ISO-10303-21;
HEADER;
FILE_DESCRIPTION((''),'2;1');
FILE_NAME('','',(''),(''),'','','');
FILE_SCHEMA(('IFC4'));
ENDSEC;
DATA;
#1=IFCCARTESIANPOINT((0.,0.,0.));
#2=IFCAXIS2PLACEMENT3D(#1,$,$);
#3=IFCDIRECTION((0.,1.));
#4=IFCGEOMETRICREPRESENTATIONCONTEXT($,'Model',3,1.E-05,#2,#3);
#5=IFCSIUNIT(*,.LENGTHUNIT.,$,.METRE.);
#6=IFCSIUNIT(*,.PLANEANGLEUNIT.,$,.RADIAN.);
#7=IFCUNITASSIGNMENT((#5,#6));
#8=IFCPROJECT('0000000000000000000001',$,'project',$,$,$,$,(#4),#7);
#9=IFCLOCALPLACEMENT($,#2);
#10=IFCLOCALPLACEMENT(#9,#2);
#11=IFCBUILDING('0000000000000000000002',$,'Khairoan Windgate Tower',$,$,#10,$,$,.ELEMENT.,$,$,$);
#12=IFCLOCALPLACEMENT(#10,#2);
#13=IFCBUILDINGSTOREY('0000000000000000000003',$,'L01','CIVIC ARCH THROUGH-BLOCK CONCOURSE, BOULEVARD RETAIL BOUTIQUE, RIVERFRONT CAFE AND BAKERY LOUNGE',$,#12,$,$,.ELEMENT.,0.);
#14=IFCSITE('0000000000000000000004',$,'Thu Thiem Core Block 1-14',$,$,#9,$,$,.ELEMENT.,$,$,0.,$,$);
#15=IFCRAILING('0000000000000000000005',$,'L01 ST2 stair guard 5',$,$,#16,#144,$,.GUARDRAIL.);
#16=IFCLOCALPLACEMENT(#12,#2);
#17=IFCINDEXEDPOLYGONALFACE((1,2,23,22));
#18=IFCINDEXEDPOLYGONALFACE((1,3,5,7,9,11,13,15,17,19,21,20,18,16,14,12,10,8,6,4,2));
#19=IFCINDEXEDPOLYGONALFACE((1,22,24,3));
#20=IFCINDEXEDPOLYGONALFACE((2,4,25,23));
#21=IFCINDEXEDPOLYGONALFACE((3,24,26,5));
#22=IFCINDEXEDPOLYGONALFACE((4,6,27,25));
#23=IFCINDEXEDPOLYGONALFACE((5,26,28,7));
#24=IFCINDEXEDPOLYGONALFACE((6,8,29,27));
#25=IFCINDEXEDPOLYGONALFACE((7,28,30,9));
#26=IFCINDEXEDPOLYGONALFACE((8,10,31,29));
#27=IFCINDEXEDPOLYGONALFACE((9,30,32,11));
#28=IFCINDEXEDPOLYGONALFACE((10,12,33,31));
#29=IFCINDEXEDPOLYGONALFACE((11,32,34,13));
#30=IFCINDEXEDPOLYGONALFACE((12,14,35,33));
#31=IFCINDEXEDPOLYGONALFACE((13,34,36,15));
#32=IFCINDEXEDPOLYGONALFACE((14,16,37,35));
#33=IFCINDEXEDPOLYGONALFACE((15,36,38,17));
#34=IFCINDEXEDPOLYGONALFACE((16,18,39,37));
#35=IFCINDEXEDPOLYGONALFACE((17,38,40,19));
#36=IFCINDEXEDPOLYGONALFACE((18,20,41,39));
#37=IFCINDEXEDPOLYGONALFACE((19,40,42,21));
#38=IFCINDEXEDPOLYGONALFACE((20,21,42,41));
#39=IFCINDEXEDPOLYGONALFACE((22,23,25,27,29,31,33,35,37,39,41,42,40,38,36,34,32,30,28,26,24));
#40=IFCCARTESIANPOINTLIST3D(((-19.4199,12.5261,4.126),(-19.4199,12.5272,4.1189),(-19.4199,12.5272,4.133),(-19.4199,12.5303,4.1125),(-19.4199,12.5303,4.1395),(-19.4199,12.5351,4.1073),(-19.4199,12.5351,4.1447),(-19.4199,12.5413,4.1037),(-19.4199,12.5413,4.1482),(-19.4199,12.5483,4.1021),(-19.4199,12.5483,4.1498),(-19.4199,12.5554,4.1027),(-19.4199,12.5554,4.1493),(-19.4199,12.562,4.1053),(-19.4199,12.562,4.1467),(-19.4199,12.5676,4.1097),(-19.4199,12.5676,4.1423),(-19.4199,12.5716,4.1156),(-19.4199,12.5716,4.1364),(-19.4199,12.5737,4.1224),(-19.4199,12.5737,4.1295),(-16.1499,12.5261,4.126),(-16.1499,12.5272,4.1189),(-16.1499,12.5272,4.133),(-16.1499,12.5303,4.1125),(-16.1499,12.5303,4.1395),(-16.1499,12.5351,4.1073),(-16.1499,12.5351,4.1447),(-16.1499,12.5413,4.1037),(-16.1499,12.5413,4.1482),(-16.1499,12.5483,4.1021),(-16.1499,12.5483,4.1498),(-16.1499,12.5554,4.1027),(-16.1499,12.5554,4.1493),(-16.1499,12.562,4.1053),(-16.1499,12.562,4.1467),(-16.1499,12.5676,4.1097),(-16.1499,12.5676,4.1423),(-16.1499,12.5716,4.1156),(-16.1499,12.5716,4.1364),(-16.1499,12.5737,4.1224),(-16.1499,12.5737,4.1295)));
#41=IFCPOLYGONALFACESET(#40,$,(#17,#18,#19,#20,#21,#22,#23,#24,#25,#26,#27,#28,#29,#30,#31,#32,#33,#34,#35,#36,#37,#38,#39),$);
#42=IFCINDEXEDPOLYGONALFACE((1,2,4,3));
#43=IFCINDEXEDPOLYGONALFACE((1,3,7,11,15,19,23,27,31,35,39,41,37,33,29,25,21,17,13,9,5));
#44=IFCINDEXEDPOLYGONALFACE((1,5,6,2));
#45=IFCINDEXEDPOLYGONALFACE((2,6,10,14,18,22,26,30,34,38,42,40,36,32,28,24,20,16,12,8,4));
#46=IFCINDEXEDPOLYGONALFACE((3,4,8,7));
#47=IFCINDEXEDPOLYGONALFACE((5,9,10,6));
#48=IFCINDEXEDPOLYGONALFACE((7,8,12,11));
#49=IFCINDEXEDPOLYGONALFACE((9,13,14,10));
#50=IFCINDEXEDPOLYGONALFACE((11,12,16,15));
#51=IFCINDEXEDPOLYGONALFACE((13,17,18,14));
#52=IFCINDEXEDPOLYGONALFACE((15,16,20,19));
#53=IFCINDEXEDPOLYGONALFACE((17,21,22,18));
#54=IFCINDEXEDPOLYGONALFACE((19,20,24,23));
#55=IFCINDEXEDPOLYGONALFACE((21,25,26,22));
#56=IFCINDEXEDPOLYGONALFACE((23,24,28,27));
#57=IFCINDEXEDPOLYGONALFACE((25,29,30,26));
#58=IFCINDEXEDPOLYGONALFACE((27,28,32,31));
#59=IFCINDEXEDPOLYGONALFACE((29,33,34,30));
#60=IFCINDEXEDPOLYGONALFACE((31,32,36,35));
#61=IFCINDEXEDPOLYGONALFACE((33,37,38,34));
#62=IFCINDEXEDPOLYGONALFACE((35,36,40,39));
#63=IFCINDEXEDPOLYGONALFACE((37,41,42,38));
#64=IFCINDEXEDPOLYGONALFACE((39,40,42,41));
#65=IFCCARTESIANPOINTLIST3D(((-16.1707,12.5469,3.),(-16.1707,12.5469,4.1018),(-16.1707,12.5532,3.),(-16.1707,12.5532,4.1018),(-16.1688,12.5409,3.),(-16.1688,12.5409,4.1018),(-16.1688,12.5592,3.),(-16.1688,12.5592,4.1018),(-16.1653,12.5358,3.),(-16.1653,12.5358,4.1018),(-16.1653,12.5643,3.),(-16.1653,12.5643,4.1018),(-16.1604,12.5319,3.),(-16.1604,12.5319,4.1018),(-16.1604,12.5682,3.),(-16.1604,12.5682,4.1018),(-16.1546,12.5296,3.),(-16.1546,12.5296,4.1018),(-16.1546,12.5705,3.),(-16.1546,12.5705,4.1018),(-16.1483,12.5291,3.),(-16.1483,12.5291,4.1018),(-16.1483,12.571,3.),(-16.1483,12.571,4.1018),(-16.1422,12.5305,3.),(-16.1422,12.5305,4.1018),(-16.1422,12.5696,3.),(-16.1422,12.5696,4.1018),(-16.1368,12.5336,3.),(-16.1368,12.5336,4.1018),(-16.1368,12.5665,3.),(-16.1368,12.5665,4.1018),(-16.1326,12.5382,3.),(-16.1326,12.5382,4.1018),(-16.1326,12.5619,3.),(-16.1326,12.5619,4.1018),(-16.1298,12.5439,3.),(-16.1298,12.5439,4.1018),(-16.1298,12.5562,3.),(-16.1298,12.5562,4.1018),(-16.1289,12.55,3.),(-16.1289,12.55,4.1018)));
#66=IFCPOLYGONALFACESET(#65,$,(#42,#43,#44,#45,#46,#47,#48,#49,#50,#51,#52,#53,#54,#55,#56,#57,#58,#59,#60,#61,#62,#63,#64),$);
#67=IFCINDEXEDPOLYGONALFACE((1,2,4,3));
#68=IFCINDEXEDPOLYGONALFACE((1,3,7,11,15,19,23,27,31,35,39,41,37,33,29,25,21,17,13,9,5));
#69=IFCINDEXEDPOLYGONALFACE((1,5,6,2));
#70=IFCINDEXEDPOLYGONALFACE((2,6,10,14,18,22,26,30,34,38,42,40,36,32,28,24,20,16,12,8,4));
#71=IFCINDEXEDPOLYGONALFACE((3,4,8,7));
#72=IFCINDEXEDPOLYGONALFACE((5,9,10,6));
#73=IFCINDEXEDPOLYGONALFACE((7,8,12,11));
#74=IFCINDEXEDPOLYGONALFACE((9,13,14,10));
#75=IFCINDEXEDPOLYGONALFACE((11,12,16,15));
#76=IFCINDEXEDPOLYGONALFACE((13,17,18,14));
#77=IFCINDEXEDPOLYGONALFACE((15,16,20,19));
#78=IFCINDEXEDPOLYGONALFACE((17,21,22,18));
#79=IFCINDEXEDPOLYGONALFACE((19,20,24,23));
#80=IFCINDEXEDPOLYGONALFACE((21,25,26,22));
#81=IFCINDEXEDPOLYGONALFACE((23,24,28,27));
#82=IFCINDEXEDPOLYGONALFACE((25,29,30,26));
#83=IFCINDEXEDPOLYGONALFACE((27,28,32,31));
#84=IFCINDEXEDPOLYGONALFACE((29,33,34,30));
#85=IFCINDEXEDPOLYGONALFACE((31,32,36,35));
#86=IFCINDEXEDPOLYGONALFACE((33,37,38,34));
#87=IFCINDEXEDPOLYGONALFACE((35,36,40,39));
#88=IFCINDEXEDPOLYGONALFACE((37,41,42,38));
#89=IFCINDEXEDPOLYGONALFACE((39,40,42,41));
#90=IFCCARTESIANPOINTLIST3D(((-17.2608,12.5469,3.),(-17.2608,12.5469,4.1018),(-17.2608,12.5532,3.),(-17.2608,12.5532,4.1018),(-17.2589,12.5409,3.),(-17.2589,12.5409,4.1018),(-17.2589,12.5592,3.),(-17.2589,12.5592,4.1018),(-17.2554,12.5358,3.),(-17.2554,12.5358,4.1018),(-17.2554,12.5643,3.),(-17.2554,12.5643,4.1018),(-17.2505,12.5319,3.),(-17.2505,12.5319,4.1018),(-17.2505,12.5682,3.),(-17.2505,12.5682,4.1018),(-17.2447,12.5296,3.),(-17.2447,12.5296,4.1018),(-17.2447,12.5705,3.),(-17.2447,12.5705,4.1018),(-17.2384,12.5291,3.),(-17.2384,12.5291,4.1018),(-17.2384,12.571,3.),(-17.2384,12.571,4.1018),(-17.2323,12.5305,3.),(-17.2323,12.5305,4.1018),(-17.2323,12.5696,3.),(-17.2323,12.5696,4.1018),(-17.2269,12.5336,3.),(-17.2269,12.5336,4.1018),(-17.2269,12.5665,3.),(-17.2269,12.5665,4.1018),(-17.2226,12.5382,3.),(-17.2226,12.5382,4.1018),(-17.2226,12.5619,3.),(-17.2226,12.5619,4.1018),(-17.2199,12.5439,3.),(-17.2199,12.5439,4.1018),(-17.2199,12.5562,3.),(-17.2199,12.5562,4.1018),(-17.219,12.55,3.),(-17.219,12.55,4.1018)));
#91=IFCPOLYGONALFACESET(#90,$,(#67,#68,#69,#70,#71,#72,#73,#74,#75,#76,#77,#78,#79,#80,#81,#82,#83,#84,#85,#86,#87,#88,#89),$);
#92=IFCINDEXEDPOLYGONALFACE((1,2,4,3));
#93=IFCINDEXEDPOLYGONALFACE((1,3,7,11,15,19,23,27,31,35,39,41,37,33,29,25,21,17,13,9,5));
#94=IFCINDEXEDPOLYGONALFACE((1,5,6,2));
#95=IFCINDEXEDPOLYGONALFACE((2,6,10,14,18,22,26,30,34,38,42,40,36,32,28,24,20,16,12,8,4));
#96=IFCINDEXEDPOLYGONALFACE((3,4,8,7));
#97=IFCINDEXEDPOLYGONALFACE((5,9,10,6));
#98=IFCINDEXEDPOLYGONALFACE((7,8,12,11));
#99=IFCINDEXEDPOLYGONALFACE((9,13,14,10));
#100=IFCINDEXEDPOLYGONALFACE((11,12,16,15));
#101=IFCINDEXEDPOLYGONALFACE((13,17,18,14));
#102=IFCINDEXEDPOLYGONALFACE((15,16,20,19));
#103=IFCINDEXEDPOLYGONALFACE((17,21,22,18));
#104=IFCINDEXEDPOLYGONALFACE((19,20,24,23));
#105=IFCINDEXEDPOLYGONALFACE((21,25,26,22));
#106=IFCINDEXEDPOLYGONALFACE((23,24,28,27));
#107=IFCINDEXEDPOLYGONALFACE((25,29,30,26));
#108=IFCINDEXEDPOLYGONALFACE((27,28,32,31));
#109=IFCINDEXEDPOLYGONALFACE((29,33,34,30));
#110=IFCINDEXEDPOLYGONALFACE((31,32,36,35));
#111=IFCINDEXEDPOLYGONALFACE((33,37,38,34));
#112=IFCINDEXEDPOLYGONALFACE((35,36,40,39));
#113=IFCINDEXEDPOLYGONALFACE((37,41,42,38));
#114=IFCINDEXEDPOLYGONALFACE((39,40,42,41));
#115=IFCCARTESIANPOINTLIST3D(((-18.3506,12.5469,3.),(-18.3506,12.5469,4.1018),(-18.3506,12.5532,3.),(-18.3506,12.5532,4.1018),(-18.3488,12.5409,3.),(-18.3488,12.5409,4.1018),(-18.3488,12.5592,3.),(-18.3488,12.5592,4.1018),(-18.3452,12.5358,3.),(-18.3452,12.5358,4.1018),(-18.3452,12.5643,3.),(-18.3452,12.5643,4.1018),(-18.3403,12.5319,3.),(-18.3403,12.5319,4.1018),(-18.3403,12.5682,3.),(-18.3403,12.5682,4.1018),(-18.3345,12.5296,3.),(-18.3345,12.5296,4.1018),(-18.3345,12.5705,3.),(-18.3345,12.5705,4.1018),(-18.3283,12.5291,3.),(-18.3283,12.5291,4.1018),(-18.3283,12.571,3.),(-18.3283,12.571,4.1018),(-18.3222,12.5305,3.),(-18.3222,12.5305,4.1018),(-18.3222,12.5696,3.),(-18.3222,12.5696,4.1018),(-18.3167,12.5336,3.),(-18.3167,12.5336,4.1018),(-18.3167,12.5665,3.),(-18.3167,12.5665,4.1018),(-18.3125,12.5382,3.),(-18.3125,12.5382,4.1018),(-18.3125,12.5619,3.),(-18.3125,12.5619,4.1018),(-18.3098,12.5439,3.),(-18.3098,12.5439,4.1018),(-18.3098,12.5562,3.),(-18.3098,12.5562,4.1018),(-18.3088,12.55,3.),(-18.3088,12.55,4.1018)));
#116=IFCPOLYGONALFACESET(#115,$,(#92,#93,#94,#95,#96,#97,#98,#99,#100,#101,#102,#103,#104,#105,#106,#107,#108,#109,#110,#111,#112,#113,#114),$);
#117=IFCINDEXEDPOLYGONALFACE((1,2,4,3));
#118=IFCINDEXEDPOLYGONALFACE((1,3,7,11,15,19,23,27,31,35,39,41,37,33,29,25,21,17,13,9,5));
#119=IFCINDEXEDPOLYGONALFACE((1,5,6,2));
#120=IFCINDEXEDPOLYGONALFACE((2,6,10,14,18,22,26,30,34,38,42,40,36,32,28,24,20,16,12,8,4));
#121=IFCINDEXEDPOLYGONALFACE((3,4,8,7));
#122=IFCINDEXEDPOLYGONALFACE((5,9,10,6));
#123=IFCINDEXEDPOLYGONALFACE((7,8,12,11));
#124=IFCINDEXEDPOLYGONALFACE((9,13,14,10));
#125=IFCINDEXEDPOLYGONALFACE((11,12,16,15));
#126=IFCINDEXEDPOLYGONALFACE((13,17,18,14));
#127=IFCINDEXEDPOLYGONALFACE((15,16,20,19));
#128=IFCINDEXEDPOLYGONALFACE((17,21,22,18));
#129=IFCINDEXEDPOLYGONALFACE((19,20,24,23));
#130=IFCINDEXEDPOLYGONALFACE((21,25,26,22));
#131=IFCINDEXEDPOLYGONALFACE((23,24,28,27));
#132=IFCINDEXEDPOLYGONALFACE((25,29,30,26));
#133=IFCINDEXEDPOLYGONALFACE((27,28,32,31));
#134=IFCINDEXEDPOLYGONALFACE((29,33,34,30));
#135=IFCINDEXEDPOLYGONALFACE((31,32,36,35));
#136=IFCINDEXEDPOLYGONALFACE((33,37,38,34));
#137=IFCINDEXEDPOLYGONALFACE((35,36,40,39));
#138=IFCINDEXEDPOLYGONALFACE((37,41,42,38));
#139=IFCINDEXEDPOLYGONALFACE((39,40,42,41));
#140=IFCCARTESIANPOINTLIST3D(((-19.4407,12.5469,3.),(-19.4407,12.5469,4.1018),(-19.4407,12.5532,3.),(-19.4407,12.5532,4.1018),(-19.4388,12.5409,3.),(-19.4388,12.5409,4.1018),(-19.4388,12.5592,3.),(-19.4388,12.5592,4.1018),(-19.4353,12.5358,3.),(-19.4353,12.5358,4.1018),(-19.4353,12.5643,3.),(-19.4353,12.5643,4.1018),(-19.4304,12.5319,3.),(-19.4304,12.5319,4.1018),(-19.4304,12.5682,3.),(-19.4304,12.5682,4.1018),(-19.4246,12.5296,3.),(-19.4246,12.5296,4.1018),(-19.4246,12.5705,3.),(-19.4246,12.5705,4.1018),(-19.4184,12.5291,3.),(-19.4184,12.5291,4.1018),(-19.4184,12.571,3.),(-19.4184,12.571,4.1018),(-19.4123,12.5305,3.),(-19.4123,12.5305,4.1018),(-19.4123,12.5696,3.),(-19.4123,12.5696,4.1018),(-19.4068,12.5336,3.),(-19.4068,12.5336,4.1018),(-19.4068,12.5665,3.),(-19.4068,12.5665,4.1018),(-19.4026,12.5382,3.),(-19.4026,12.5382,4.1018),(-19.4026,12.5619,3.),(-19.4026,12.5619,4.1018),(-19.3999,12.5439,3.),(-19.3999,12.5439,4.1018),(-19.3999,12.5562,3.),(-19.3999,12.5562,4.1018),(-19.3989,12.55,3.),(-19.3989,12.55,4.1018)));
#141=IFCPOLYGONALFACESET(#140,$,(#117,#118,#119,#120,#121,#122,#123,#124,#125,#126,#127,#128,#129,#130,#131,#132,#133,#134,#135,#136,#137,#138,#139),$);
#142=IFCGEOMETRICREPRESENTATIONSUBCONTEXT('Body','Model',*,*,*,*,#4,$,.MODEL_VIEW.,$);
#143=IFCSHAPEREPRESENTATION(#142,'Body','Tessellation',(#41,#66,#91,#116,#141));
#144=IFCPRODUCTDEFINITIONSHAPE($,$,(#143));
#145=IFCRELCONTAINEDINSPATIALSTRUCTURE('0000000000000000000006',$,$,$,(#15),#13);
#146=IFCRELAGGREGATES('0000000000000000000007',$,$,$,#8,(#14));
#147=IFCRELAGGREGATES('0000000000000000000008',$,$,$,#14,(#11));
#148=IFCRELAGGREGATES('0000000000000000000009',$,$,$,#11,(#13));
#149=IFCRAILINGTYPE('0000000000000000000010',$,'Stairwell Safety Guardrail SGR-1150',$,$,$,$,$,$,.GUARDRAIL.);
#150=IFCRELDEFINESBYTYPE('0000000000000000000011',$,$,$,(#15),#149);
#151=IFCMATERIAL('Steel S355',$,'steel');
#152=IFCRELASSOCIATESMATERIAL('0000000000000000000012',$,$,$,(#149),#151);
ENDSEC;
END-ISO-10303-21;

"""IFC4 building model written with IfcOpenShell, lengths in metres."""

from ifc_helpers import new_model, si_unit, direction, frame, origin, origin_2d, place, context, subcontext, project, spatial, circle, extrude, material, type_object, element, save


model = new_model("IFC4")

# Units and contexts
model_context = context("Model", 3, precision=1e-05, world=origin(), true_north=direction((0.0, 1.0)))
body_context = subcontext(model_context, "Body", "Model", "MODEL_VIEW")
ifc_project = project(units=[si_unit("LENGTHUNIT", "METRE"), si_unit("PLANEANGLEUNIT", "RADIAN")], contexts=[model_context])

# Site, building, storey
site_placement = place(None, origin())
site = spatial("IfcSite", under=ifc_project, at=site_placement, Name="Thu Thiem Core Block 1-14", CompositionType="ELEMENT", RefElevation=0.0)
building_placement = place(site_placement, origin())
building = spatial("IfcBuilding", under=site, at=building_placement, Name="Khairoan Windgate Tower", CompositionType="ELEMENT")
storey_placement = place(building_placement, origin())
storey = spatial("IfcBuildingStorey", under=building, at=storey_placement, Name="L01", Description="CIVIC ARCH THROUGH-BLOCK CONCOURSE, BOULEVARD RETAIL BOUTIQUE, RIVERFRONT CAFE AND BAKERY LOUNGE", CompositionType="ELEMENT", Elevation=0.0)

# Railing
ifc_material_1 = material(Name="Steel S355", Category="steel")
railing_type = type_object("IfcRailingType", Name="Stairwell Safety Guardrail SGR-1150", PredefinedType="GUARDRAIL", material=ifc_material_1)
railing_1_placement = place(storey_placement, frame((-16.1499, 12.55, 3.0)))
element("IfcRailing", 1, at=railing_1_placement, inside=storey, type_object=railing_type, Name="L01 ST2 stair guard 5", PredefinedType="GUARDRAIL", context=body_context, shape_type="SweptSolid", body=[
    extrude(circle(Radius=0.0239, at=origin_2d()), frame((0.0, 0.0, 1.126), z_axis=(-1.0, 0.0, 0.0), x_axis=(0.0, -1.0, 0.0)), (0.0, 0.0, 1.0), 3.27),
    extrude(circle(Radius=0.021, at=origin_2d()), origin(), (0.0, 0.0, 1.0), 1.1018),
    extrude(circle(Radius=0.021, at=origin_2d()), frame((-1.0901, 0.0, 0.0)), (0.0, 0.0, 1.0), 1.1018),
    extrude(circle(Radius=0.021, at=origin_2d()), frame((-2.1799, 0.0, 0.0)), (0.0, 0.0, 1.0), 1.1018),
    extrude(circle(Radius=0.021, at=origin_2d()), frame((-3.27, 0.0, 0.0)), (0.0, 0.0, 1.0), 1.1018),
])

save(model, "model.ifc")
